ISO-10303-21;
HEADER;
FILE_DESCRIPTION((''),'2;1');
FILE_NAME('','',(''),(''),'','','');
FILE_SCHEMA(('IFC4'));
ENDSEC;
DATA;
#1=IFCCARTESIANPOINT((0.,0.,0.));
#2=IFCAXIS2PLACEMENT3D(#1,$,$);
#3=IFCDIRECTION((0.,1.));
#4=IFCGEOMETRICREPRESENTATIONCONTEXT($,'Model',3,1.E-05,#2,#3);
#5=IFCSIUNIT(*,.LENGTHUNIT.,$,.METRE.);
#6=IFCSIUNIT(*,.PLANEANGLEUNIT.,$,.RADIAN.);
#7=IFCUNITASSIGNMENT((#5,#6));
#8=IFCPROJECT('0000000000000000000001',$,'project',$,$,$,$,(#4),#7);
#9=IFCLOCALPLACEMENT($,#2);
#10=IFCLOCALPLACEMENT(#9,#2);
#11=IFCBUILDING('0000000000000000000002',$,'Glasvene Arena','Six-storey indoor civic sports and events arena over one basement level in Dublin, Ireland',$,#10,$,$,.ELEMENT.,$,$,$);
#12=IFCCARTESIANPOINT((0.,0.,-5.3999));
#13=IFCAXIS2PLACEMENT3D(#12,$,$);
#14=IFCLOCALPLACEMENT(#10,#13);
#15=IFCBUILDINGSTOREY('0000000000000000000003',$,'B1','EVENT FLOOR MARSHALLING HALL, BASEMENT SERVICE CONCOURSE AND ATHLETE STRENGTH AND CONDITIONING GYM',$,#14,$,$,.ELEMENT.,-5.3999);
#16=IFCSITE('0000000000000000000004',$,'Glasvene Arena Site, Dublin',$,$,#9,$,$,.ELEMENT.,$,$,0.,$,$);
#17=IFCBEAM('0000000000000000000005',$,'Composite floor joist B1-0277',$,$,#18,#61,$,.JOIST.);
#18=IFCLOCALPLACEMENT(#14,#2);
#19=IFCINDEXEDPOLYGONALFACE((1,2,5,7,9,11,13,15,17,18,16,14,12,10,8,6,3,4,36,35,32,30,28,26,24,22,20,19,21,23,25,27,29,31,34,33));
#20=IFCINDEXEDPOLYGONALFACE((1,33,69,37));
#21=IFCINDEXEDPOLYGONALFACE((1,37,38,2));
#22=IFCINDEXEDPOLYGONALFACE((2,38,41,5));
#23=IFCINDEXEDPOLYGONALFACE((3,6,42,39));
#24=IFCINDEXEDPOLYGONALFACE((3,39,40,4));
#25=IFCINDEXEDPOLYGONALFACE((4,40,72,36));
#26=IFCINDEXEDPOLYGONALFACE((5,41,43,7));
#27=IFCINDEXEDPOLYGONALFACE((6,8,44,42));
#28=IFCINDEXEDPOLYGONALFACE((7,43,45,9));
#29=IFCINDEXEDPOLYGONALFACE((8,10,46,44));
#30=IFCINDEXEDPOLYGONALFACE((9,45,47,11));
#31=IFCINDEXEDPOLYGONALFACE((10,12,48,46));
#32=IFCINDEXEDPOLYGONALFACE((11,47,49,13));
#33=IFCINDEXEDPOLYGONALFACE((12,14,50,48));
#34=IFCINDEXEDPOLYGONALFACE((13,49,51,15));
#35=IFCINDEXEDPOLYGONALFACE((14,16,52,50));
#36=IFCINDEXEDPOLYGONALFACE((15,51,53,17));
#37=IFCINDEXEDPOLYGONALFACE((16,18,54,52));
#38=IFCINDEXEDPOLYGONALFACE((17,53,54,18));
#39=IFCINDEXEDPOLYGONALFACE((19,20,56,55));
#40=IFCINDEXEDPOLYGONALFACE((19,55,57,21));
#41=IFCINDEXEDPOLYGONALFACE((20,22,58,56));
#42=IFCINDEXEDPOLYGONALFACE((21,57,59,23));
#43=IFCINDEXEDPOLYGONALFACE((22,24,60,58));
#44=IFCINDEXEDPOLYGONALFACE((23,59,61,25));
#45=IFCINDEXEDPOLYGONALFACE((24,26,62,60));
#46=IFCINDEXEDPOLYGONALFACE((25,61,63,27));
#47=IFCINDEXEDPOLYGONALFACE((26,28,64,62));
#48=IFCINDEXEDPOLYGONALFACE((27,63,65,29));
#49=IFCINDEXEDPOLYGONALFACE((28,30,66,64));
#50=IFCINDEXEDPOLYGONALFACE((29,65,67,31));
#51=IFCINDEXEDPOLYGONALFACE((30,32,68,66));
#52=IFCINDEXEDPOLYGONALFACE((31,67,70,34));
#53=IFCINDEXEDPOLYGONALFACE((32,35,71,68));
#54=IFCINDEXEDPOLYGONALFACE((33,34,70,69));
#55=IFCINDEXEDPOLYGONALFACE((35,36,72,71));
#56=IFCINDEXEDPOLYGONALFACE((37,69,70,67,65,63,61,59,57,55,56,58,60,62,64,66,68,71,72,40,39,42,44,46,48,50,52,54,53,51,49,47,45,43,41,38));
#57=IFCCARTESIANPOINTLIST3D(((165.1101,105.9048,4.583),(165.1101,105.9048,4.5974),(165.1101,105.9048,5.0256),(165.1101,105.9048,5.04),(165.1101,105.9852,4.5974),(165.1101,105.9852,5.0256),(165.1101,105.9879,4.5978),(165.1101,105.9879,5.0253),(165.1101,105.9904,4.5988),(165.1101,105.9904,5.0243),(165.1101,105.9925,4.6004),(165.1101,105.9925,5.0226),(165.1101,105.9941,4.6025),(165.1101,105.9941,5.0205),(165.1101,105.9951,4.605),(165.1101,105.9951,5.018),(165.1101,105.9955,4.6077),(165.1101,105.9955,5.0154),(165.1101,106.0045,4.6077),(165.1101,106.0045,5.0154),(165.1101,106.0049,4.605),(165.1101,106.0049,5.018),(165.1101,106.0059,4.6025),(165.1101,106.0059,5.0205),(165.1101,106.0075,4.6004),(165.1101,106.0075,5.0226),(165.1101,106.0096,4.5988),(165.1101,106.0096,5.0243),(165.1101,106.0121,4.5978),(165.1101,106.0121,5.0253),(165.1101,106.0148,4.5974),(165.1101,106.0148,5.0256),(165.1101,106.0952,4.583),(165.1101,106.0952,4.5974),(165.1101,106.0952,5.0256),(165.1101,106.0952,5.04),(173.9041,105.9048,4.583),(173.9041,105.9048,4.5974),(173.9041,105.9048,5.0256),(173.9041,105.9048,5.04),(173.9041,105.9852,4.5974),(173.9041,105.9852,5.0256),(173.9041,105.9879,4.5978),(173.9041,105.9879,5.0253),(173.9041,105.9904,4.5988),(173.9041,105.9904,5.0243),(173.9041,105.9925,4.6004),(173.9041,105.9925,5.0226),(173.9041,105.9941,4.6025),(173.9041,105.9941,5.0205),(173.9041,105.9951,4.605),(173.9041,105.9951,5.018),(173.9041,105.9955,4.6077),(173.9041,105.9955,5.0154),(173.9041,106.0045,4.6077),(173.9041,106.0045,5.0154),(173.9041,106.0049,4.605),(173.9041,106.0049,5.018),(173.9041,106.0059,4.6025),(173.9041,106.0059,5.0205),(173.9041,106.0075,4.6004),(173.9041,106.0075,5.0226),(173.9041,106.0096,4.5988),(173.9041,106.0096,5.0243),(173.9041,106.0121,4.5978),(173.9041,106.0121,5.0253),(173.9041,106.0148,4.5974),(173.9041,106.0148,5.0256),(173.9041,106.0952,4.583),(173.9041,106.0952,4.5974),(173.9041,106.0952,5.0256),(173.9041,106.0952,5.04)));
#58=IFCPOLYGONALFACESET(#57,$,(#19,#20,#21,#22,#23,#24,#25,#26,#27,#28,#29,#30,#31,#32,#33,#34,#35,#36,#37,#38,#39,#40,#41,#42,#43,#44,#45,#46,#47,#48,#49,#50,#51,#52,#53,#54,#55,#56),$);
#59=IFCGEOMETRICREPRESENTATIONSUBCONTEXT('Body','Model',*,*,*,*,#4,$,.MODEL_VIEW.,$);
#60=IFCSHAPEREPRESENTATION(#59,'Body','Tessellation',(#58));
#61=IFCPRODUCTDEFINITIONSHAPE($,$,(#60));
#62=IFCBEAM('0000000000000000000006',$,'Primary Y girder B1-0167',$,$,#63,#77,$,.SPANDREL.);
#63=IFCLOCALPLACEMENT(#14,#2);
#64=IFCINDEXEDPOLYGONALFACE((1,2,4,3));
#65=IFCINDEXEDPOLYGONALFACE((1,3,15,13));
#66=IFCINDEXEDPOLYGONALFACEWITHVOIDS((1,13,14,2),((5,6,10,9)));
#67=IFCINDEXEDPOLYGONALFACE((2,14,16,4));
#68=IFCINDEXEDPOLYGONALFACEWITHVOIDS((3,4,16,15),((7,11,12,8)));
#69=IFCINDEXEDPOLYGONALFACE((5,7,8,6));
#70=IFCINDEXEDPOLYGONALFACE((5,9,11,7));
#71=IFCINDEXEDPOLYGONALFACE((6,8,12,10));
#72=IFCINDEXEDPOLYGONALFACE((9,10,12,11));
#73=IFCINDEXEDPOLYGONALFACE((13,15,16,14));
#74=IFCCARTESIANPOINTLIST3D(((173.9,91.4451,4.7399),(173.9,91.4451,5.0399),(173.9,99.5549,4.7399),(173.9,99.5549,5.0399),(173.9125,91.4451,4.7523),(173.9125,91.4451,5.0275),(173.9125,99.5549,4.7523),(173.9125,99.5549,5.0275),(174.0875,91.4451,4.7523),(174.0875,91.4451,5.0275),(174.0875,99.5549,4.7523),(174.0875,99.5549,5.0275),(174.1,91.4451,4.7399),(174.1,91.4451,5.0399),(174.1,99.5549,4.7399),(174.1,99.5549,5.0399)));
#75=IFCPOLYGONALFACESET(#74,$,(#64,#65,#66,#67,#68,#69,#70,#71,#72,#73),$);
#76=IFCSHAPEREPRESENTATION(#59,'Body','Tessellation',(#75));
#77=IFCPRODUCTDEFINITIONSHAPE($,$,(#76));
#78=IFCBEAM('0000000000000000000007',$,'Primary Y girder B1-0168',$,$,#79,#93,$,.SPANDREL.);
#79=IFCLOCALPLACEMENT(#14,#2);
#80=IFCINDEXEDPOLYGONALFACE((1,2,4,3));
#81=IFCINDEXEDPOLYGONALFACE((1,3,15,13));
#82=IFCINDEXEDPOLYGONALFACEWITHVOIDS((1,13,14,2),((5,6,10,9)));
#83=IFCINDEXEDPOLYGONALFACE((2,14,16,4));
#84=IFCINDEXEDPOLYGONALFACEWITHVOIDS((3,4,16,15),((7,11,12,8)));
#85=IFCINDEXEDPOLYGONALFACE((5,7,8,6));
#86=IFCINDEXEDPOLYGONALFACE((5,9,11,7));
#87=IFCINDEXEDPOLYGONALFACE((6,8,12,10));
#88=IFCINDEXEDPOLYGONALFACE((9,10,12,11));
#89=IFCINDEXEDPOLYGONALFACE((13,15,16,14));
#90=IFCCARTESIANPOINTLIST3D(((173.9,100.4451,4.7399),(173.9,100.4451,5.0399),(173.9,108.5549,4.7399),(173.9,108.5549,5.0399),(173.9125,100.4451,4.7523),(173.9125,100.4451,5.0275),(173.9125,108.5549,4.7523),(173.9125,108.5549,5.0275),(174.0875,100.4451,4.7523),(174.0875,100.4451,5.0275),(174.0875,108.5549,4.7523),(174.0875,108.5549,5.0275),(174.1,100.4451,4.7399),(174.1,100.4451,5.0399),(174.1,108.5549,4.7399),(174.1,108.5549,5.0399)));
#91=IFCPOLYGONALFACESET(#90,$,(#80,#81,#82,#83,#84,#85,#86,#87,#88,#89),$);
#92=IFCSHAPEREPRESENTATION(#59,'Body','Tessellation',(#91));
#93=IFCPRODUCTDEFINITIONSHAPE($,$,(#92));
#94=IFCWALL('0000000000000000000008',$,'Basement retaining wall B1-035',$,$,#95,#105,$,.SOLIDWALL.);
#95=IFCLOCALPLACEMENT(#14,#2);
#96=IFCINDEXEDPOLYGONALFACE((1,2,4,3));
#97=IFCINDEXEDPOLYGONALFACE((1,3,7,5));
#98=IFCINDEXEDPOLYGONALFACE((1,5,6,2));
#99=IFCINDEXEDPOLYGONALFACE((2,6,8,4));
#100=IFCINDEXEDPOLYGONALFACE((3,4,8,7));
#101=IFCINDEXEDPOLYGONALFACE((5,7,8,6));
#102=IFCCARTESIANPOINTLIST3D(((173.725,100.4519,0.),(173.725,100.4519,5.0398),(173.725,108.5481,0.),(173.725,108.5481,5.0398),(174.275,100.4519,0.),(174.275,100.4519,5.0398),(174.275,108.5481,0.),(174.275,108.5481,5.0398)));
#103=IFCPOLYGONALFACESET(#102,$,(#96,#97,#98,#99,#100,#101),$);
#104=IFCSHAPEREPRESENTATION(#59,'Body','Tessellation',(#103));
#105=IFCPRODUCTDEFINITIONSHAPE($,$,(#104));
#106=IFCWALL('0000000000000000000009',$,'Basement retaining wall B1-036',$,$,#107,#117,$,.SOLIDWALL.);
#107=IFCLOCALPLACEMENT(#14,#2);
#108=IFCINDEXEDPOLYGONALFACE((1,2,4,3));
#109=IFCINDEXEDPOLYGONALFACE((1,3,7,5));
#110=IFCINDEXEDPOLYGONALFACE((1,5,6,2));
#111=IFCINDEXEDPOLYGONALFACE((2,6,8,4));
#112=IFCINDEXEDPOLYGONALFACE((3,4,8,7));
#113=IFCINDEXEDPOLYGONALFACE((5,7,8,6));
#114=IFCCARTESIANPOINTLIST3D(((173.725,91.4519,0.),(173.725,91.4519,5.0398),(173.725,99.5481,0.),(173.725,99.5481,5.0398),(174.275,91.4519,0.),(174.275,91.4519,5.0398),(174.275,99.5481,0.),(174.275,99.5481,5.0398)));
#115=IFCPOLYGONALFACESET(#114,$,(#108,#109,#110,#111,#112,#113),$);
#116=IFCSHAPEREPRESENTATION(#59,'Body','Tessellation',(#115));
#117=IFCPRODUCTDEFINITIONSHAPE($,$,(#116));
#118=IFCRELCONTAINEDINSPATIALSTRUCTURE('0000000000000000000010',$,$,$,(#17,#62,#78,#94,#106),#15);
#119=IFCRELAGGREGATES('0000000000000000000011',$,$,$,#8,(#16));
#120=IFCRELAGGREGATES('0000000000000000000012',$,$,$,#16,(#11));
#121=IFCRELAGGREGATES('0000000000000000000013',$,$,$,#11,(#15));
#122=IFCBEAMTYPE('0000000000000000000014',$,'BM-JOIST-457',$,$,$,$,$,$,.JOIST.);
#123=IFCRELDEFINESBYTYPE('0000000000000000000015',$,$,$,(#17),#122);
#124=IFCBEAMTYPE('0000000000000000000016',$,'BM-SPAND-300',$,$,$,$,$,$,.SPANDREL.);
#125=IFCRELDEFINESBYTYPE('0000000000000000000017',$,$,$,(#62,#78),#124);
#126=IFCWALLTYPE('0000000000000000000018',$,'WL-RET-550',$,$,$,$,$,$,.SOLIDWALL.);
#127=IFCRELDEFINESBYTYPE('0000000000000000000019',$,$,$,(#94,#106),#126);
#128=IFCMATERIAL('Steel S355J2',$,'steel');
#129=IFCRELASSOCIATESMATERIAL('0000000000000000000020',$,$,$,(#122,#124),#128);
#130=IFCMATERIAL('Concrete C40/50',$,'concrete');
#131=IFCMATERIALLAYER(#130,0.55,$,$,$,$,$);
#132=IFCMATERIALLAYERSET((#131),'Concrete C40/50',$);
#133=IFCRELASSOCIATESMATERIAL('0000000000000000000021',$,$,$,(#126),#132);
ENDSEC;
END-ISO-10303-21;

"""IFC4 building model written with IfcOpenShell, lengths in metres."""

from ifc_helpers import new_model, si_unit, direction, frame, frame_2d, origin, origin_2d, place, context, subcontext, project, spatial, rectangle, hollow_rectangle, i_section, extrude, material, layer, layer_set, material_profile, profile_set, type_object, element, save


model = new_model("IFC4")

# Units and contexts
model_context = context("Model", 3, precision=1e-05, world=origin(), true_north=direction((0.0, 1.0)))
body_context = subcontext(model_context, "Body", "Model", "MODEL_VIEW")
ifc_project = project(units=[si_unit("LENGTHUNIT", "METRE"), si_unit("PLANEANGLEUNIT", "RADIAN")], contexts=[model_context])

# Site, building, storey
site_placement = place(None, origin())
site = spatial("IfcSite", under=ifc_project, at=site_placement, Name="Glasvene Arena Site, Dublin", CompositionType="ELEMENT", RefElevation=0.0)
building_placement = place(site_placement, origin())
building = spatial("IfcBuilding", under=site, at=building_placement, Name="Glasvene Arena", Description="Six-storey indoor civic sports and events arena over one basement level in Dublin, Ireland", CompositionType="ELEMENT")
storey_placement = place(building_placement, frame((0.0, 0.0, -5.3999)))
storey = spatial("IfcBuildingStorey", under=building, at=storey_placement, Name="B1", Description="EVENT FLOOR MARSHALLING HALL, BASEMENT SERVICE CONCOURSE AND ATHLETE STRENGTH AND CONDITIONING GYM", CompositionType="ELEMENT", Elevation=-5.3999)

# Shared definitions
ifc_material_1 = material(Name="Concrete C40/50", Category="concrete")

# Beams
ifc_material_2 = material(Name="Steel S355J2", Category="steel")
ifc_material_profile_1 = material_profile(ifc_material_2, i_section(OverallWidth=0.1904, OverallDepth=0.457, WebThickness=0.009, FlangeThickness=0.0144, FilletRadius=0.0103, at=origin_2d()), Name="UKB 457x191x74")
ifc_profile_set_1 = profile_set([ifc_material_profile_1], Name="Steel S355J2")
beam_type_1 = type_object("IfcBeamType", Name="BM-JOIST-457", PredefinedType="JOIST", material=ifc_profile_set_1)
for number, where, z_axis, x_axis, name in (
    (1, (165.1101, 106.0, 4.8115), (1.0, 0.0, 0.0), (0.0, 1.0, 0.0), "Composite floor joist B1-0277"),
):
    element("IfcBeam", number, at=place(storey_placement, frame(where, z_axis=z_axis, x_axis=x_axis)), inside=storey, type_object=beam_type_1, Name=name, PredefinedType="JOIST", context=body_context, shape_type="SweptSolid", body=[
        extrude(i_section(OverallWidth=0.1904, OverallDepth=0.457, WebThickness=0.009, FlangeThickness=0.0144, FilletRadius=0.0103, at=origin_2d()), origin(), (0.0, 0.0, 1.0), 8.7939),
    ])
ifc_material_profile_2 = material_profile(ifc_material_2, hollow_rectangle(XDim=0.2, YDim=0.3, WallThickness=0.0125, at=origin_2d()), Name="RHS 300x200x12.5")
ifc_profile_set_2 = profile_set([ifc_material_profile_2], Name="Steel S355J2")
beam_type_2 = type_object("IfcBeamType", Name="BM-SPAND-300", PredefinedType="SPANDREL", material=ifc_profile_set_2)
for number, where, z_axis, x_axis, name in (
    (2, (174.0, 91.4451, 4.8899), (0.0, 1.0, 0.0), (-1.0, 0.0, 0.0), "Primary Y girder B1-0167"),
    (3, (174.0, 100.4451, 4.8899), (0.0, 1.0, 0.0), (-1.0, 0.0, 0.0), "Primary Y girder B1-0168"),
):
    element("IfcBeam", number, at=place(storey_placement, frame(where, z_axis=z_axis, x_axis=x_axis)), inside=storey, type_object=beam_type_2, Name=name, PredefinedType="SPANDREL", context=body_context, shape_type="SweptSolid", body=[
        extrude(hollow_rectangle(XDim=0.2, YDim=0.3, WallThickness=0.0125, at=origin_2d()), origin(), (0.0, 0.0, 1.0), 8.1099),
    ])

# Walls
ifc_layer = layer(ifc_material_1, 0.55)
ifc_layer_set = layer_set([ifc_layer], Name="Concrete C40/50")
wall_type = type_object("IfcWallType", Name="WL-RET-550", PredefinedType="SOLIDWALL", material=ifc_layer_set)
for number, where, z_axis, x_axis, name in (
    (4, (174.0, 108.5481, 0.0), (0.0, 0.0, 1.0), (0.0, -1.0, 0.0), "Basement retaining wall B1-035"),
    (5, (174.0, 99.5481, 0.0), (0.0, 0.0, 1.0), (0.0, -1.0, 0.0), "Basement retaining wall B1-036"),
):
    element("IfcWall", number, at=place(storey_placement, frame(where, z_axis=z_axis, x_axis=x_axis)), inside=storey, type_object=wall_type, Name=name, PredefinedType="SOLIDWALL", context=body_context, shape_type="SweptSolid", body=[
        extrude(rectangle(XDim=8.0962, YDim=0.55, at=frame_2d((4.0481, 0.0))), origin(), (0.0, 0.0, 1.0), 5.0398),
    ])

save(model, "model.ifc")
